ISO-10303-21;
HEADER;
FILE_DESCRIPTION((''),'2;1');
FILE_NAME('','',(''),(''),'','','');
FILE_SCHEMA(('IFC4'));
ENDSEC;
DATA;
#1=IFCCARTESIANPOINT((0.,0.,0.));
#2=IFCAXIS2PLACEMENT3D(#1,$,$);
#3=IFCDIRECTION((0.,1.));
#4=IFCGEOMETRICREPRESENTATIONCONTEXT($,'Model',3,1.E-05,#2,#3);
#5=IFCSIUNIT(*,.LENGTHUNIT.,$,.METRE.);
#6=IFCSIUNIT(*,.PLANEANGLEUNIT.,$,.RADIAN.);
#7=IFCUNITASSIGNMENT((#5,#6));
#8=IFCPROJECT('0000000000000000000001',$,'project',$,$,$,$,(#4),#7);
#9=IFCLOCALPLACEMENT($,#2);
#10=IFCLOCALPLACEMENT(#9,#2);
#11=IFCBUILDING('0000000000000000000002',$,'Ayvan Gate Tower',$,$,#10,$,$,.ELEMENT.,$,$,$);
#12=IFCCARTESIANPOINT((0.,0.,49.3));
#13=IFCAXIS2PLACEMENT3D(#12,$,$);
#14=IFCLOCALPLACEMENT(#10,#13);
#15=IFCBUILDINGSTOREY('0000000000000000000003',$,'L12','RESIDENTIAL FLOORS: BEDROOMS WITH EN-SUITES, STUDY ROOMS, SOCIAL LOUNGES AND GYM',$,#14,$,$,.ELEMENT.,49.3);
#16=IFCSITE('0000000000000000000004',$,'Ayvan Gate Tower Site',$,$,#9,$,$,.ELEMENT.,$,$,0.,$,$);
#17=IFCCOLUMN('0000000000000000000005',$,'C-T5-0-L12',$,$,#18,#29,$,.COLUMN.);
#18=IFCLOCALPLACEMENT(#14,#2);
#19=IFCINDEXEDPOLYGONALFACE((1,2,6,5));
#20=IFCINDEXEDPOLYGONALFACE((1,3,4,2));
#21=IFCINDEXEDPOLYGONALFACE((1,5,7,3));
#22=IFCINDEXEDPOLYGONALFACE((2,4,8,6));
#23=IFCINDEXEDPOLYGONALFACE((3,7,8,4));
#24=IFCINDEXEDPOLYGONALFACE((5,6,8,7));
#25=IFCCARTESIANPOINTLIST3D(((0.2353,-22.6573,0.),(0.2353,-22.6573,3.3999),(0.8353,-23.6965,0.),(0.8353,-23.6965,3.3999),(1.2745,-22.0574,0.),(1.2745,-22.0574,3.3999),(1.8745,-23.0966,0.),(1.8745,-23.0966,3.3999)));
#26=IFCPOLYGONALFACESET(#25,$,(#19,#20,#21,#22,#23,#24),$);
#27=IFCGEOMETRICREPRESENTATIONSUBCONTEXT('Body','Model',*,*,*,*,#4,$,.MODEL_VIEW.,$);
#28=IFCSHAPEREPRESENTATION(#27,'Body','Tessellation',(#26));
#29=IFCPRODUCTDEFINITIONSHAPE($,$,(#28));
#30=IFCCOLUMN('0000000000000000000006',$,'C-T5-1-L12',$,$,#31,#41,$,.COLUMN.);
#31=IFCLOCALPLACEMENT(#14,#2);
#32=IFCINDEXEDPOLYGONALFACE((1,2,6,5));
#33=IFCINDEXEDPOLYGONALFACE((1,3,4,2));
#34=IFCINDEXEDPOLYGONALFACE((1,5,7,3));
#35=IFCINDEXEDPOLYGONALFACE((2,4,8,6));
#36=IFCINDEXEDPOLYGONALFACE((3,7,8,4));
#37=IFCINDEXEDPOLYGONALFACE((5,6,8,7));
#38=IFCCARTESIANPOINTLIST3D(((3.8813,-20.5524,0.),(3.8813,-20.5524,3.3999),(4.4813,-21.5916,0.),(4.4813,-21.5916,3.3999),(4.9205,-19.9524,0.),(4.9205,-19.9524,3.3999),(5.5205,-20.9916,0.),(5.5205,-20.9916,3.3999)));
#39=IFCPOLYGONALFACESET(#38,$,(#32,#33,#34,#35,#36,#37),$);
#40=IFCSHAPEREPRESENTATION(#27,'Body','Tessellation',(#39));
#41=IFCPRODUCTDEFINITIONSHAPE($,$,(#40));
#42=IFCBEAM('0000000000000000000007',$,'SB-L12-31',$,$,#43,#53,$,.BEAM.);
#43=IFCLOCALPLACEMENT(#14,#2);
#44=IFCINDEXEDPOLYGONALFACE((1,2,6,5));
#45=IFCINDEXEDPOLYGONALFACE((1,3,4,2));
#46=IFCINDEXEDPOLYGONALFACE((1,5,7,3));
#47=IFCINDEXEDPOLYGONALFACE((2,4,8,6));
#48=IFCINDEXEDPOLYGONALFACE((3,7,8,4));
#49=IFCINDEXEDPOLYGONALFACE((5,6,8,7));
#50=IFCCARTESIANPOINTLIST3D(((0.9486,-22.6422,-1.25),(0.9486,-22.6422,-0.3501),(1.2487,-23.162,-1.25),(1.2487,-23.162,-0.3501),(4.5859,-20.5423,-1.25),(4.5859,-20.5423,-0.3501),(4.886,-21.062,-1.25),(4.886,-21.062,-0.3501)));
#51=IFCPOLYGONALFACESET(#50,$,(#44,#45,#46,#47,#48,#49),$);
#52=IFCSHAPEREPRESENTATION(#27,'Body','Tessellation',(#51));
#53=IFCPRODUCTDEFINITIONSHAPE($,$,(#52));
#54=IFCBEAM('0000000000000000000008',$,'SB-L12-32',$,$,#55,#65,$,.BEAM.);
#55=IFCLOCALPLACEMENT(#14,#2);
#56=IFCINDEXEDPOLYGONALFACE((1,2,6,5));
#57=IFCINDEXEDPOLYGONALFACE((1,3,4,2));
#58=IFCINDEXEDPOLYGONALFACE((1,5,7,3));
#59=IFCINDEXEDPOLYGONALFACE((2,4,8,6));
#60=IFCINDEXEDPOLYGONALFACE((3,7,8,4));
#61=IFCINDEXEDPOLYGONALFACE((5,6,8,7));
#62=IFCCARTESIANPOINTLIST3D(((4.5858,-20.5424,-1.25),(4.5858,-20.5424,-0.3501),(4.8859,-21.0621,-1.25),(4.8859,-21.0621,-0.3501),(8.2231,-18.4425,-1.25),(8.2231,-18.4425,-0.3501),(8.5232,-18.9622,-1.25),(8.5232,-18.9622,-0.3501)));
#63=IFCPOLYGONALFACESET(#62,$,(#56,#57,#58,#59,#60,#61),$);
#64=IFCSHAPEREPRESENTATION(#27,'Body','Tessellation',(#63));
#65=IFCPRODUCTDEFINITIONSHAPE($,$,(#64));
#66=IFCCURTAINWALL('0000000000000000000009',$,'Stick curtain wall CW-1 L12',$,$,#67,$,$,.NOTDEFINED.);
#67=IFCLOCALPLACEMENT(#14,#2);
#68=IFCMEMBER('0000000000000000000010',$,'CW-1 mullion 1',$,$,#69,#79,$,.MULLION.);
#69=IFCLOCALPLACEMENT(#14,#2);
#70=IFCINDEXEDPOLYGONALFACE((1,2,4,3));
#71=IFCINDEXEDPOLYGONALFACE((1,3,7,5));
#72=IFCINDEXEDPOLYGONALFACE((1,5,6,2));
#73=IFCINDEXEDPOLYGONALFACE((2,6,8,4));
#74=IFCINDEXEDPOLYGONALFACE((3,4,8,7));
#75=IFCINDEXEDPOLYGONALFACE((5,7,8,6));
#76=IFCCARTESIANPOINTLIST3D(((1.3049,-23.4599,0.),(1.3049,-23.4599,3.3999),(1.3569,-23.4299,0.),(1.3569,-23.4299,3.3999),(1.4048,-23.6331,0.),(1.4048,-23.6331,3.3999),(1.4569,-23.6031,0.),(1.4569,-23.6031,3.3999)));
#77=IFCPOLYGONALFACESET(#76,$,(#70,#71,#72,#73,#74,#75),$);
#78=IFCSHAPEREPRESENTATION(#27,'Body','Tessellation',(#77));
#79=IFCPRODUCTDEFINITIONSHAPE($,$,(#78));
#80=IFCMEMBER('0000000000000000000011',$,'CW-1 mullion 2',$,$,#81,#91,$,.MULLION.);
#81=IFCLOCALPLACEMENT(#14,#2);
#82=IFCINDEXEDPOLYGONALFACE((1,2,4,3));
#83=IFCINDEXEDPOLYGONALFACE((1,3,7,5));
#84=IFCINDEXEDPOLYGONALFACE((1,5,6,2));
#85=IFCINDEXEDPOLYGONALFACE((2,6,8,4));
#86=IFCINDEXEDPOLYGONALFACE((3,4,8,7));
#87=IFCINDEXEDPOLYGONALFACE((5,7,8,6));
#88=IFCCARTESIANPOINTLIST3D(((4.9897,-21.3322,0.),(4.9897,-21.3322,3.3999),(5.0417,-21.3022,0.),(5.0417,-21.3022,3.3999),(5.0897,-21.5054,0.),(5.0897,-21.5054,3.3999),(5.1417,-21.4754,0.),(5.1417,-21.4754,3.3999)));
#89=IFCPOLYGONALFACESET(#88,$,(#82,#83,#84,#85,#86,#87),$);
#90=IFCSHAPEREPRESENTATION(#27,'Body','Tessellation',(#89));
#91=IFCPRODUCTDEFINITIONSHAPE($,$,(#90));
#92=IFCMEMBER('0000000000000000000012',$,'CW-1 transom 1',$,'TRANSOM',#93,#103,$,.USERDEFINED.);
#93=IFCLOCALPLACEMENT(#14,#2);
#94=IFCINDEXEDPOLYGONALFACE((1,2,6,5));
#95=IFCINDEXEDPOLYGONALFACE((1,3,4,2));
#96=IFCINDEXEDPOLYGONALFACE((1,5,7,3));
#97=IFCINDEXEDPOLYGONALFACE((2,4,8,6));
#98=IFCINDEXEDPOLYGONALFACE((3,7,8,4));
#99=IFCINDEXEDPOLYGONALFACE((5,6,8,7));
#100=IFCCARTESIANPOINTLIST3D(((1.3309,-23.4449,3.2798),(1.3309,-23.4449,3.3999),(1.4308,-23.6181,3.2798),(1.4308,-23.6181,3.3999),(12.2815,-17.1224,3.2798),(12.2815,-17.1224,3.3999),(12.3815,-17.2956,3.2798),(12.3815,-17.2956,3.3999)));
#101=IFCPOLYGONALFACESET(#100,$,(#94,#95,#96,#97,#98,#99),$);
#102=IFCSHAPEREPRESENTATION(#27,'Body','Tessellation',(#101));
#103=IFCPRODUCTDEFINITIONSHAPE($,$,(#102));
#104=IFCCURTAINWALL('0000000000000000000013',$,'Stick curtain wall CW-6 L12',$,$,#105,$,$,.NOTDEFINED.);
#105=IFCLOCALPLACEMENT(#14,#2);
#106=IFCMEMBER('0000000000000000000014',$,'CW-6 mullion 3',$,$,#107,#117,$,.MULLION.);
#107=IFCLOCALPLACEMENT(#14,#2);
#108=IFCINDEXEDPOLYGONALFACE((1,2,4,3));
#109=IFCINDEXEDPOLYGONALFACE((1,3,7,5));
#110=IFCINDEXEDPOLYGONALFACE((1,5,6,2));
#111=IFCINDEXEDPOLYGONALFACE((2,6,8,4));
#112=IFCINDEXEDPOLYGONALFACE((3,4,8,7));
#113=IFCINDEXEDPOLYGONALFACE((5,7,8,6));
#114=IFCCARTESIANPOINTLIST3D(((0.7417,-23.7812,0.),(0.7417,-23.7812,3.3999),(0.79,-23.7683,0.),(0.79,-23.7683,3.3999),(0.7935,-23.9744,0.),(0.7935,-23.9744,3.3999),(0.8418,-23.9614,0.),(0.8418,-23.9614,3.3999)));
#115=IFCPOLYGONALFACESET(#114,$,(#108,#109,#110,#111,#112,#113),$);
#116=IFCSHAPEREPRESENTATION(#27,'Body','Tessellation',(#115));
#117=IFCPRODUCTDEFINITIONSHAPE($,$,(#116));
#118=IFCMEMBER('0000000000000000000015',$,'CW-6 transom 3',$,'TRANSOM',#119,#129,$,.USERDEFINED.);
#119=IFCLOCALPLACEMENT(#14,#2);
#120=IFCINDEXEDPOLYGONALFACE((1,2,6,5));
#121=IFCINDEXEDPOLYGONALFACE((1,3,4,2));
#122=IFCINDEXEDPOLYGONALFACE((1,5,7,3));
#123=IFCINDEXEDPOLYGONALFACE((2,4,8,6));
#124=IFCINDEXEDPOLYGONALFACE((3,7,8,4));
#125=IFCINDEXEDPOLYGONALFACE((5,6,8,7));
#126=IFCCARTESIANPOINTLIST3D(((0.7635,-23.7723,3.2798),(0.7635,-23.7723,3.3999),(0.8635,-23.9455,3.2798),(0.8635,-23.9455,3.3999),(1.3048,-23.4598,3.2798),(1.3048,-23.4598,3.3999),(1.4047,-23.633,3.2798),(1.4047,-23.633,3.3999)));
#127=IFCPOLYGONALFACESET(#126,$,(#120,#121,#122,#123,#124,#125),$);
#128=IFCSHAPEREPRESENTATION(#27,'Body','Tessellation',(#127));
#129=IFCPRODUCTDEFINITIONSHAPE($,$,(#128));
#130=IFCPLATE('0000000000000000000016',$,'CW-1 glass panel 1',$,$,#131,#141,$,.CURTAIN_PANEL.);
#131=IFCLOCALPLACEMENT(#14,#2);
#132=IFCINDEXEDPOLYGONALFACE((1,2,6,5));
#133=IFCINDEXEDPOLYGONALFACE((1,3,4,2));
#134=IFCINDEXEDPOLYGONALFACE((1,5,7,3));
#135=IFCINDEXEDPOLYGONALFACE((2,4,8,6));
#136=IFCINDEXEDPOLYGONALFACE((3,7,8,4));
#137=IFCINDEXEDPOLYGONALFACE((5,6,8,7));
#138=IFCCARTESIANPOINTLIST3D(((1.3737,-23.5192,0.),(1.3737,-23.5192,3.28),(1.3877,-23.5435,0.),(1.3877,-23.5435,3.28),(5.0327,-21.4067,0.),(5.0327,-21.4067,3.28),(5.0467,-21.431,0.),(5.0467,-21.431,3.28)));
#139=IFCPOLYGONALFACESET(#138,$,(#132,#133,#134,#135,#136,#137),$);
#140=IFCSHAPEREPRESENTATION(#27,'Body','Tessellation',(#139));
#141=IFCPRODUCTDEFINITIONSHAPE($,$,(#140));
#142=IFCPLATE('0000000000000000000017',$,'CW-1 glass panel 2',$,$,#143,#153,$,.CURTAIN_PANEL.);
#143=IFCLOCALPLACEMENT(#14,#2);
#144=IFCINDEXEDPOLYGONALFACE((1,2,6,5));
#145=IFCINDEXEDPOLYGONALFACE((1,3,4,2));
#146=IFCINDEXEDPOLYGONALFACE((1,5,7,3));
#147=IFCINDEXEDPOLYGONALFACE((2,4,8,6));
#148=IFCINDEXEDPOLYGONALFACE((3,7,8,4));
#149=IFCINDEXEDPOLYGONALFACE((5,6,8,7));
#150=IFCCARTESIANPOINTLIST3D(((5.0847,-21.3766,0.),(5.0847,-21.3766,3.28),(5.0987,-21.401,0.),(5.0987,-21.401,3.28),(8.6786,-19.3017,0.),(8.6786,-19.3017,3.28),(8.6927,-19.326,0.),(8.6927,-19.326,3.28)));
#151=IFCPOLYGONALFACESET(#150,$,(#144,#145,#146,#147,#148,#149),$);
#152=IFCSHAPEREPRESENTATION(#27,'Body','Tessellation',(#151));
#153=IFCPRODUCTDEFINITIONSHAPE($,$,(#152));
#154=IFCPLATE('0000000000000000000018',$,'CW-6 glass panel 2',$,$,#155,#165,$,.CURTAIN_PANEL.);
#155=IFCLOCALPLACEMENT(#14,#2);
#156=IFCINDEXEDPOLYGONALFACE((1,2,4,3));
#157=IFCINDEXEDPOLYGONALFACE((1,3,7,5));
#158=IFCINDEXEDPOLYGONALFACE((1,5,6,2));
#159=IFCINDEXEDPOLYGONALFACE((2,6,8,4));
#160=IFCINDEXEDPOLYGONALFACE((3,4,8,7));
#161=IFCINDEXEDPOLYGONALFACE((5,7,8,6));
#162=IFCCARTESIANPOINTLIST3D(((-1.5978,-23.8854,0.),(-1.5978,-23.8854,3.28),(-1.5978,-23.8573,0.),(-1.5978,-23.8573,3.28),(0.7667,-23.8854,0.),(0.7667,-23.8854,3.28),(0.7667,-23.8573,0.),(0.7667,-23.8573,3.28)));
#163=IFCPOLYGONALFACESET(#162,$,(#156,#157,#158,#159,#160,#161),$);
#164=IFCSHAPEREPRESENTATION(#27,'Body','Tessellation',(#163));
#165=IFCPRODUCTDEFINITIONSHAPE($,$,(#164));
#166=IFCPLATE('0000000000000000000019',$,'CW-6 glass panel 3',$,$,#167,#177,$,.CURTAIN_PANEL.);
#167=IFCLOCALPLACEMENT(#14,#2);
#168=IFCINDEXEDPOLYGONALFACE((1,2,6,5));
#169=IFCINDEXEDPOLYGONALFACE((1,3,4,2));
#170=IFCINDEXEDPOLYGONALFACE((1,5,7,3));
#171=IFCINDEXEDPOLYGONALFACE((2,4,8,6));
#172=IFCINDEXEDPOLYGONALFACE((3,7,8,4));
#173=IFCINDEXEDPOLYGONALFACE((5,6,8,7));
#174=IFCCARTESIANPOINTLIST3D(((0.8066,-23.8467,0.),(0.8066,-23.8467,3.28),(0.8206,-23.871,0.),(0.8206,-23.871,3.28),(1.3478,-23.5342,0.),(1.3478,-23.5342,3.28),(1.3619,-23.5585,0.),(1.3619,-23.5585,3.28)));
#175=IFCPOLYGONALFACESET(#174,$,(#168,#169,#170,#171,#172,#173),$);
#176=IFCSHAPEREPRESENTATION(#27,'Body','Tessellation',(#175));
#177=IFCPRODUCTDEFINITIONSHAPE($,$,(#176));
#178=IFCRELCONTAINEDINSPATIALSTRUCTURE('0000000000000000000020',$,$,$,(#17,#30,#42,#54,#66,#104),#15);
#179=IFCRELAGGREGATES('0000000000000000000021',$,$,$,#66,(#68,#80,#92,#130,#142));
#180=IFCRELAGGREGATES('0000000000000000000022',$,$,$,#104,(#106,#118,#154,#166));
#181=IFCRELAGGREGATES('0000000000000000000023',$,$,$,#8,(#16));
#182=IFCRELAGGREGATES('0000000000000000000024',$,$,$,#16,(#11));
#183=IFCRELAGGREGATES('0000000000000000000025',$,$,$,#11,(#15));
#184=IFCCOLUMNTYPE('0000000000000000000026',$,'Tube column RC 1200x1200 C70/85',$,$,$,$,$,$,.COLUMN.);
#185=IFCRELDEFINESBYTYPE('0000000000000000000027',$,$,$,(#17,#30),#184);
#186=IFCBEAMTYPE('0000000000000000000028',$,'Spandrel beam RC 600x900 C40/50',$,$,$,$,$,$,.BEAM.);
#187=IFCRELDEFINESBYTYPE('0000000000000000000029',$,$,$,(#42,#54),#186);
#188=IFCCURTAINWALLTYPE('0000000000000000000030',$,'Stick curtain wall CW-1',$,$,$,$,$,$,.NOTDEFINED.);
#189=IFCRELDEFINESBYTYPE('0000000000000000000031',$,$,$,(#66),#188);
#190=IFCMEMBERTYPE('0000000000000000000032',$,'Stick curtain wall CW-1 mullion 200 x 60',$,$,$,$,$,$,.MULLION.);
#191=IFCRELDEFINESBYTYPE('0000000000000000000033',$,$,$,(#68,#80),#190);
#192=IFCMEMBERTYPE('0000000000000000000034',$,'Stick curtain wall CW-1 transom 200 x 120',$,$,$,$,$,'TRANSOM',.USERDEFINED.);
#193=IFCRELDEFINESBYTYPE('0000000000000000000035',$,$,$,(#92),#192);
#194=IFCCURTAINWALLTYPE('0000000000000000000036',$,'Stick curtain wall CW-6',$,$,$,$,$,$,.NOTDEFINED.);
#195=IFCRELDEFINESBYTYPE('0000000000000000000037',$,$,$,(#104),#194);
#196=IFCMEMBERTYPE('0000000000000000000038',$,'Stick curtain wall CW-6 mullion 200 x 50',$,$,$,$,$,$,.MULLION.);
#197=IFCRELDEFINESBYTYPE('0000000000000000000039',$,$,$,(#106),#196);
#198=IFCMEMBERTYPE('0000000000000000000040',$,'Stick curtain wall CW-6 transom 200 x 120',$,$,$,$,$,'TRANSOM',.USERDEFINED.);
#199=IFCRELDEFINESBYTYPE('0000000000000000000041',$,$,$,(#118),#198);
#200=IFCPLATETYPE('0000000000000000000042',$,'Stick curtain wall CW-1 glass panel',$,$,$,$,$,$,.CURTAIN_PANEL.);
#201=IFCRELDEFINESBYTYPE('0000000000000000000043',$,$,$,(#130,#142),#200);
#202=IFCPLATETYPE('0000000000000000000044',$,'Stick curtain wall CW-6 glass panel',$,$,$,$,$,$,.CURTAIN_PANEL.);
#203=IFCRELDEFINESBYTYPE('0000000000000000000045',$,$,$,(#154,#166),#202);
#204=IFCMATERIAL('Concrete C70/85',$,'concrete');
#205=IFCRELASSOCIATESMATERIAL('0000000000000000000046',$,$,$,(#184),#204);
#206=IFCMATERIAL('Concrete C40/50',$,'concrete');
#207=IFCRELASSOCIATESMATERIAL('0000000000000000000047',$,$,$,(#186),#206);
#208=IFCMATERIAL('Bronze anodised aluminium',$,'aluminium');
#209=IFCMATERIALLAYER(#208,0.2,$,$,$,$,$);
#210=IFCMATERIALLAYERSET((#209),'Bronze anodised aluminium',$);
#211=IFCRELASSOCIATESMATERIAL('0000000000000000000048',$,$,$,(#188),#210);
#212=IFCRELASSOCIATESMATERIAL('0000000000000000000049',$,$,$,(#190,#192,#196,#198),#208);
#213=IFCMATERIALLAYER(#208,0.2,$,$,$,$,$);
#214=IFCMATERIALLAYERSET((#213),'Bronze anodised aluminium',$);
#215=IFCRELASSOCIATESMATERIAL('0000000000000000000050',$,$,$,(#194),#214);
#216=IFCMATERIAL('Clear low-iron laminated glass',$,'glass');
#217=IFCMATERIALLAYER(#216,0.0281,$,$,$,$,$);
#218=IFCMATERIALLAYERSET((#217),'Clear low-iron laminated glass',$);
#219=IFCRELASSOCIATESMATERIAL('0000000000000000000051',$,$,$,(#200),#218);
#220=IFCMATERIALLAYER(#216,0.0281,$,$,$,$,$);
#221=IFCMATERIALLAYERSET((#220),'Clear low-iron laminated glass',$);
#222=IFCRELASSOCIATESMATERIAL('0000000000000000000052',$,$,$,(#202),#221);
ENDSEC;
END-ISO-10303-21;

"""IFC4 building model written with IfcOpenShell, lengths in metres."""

from ifc_helpers import new_model, si_unit, direction, frame, origin, origin_2d, place, context, subcontext, project, spatial, rectangle, extrude, material, layer, layer_set, material_profile, profile_set, type_object, element, aggregate, save


model = new_model("IFC4")

# Units and contexts
model_context = context("Model", 3, precision=1e-05, world=origin(), true_north=direction((0.0, 1.0)))
body_context = subcontext(model_context, "Body", "Model", "MODEL_VIEW")
ifc_project = project(units=[si_unit("LENGTHUNIT", "METRE"), si_unit("PLANEANGLEUNIT", "RADIAN")], contexts=[model_context])

# Site, building, storey
site_placement = place(None, origin())
site = spatial("IfcSite", under=ifc_project, at=site_placement, Name="Ayvan Gate Tower Site", CompositionType="ELEMENT", RefElevation=0.0)
building_placement = place(site_placement, origin())
building = spatial("IfcBuilding", under=site, at=building_placement, Name="Ayvan Gate Tower", CompositionType="ELEMENT")
storey_placement = place(building_placement, frame((0.0, 0.0, 49.3)))
storey = spatial("IfcBuildingStorey", under=building, at=storey_placement, Name="L12", Description="RESIDENTIAL FLOORS: BEDROOMS WITH EN-SUITES, STUDY ROOMS, SOCIAL LOUNGES AND GYM", CompositionType="ELEMENT", Elevation=49.3)

# Columns
ifc_material_1 = material(Name="Concrete C70/85", Category="concrete")
ifc_material_profile_1 = material_profile(ifc_material_1, rectangle(XDim=1.2, YDim=1.2, at=origin_2d()), Name="RC 1200x1200")
ifc_profile_set_1 = profile_set([ifc_material_profile_1], Name="Concrete C70/85")
column_type = type_object("IfcColumnType", Name="Tube column RC 1200x1200 C70/85", PredefinedType="COLUMN", material=ifc_profile_set_1)
for number, where, z_axis, x_axis, name in (
    (1, (1.0549, -22.877, 0.0), (0.0, 0.0, 1.0), (0.5, -0.866025, 0.0), "C-T5-0-L12"),
    (2, (4.7009, -20.772, 0.0), (0.0, 0.0, 1.0), (0.5, -0.866025, 0.0), "C-T5-1-L12"),
):
    element("IfcColumn", number, at=place(storey_placement, frame(where, z_axis=z_axis, x_axis=x_axis)), inside=storey, type_object=column_type, Name=name, PredefinedType="COLUMN", context=body_context, shape_type="SweptSolid", body=[
        extrude(rectangle(XDim=1.2, YDim=1.2, at=origin_2d()), origin(), (0.0, 0.0, 1.0), 3.3999),
    ])

# Beams
ifc_material_2 = material(Name="Concrete C40/50", Category="concrete")
ifc_material_profile_2 = material_profile(ifc_material_2, rectangle(XDim=0.6001, YDim=0.8999, at=origin_2d()), Name="RC 600x900")
ifc_profile_set_2 = profile_set([ifc_material_profile_2], Name="Concrete C40/50")
beam_type = type_object("IfcBeamType", Name="Spandrel beam RC 600x900 C40/50", PredefinedType="BEAM", material=ifc_profile_set_2)
for number, where, z_axis, x_axis, name in (
    (3, (1.0986, -22.9021, -0.8), (0.866035, 0.499984, 0.0), (-0.499984, 0.866035, 0.0), "SB-L12-31"),
    (4, (4.7358, -20.8022, -0.8), (0.866035, 0.499984, 0.0), (-0.499984, 0.866035, 0.0), "SB-L12-32"),
):
    element("IfcBeam", number, at=place(storey_placement, frame(where, z_axis=z_axis, x_axis=x_axis)), inside=storey, type_object=beam_type, Name=name, PredefinedType="BEAM", context=body_context, shape_type="SweptSolid", body=[
        extrude(rectangle(XDim=0.6001, YDim=0.8999, at=origin_2d()), origin(), (0.0, 0.0, 1.0), 4.2),
    ])

# Curtain walls, members
ifc_material_3 = material(Name="Bronze anodised aluminium", Category="aluminium")
ifc_layer_1 = layer(ifc_material_3, 0.2)
ifc_layer_set_1 = layer_set([ifc_layer_1], Name="Bronze anodised aluminium")
curtain_wall_type_1 = type_object("IfcCurtainWallType", Name="Stick curtain wall CW-1", PredefinedType="NOTDEFINED", material=ifc_layer_set_1)
curtain_wall_1_placement = place(storey_placement, origin())
curtain_wall_1 = element("IfcCurtainWall", 5, at=curtain_wall_1_placement, inside=storey, type_object=curtain_wall_type_1, Name="Stick curtain wall CW-1 L12", PredefinedType="NOTDEFINED")
ifc_material_profile_3 = material_profile(ifc_material_3, rectangle(XDim=0.2, YDim=0.0601, at=origin_2d()), Name="Stick curtain wall CW-1 mullion 200 x 60")
ifc_profile_set_3 = profile_set([ifc_material_profile_3], Name="Bronze anodised aluminium")
member_type_1 = type_object("IfcMemberType", Name="Stick curtain wall CW-1 mullion 200 x 60", PredefinedType="MULLION", material=ifc_profile_set_3)
member_1_placement = place(storey_placement, frame((1.3809, -23.5315, 0.0), z_axis=(0.0, 0.0, 1.0), x_axis=(0.5, -0.866025, 0.0)))
member_1 = element("IfcMember", 6, at=member_1_placement, type_object=member_type_1, Name="CW-1 mullion 1", PredefinedType="MULLION", context=body_context, shape_type="SweptSolid", body=[
    extrude(rectangle(XDim=0.2, YDim=0.0601, at=origin_2d()), origin(), (0.0, 0.0, 1.0), 3.3999),
])
member_2_placement = place(storey_placement, frame((5.0657, -21.4038, 0.0), z_axis=(0.0, 0.0, 1.0), x_axis=(0.5, -0.866025, 0.0)))
member_2 = element("IfcMember", 7, at=member_2_placement, type_object=member_type_1, Name="CW-1 mullion 2", PredefinedType="MULLION", context=body_context, shape_type="SweptSolid", body=[
    extrude(rectangle(XDim=0.2, YDim=0.0601, at=origin_2d()), origin(), (0.0, 0.0, 1.0), 3.3999),
])
ifc_material_profile_4 = material_profile(ifc_material_3, rectangle(XDim=0.2, YDim=0.1201, at=origin_2d()), Name="Stick curtain wall CW-1 transom 200 x 120")
ifc_profile_set_4 = profile_set([ifc_material_profile_4], Name="Bronze anodised aluminium")
member_type_2 = type_object("IfcMemberType", Name="Stick curtain wall CW-1 transom 200 x 120", ElementType="TRANSOM", PredefinedType="USERDEFINED", material=ifc_profile_set_4)
member_3_placement = place(storey_placement, frame((1.3809, -23.5315, 3.3398), z_axis=(0.866021, 0.500008, 0.0), x_axis=(-0.500008, 0.866021, 0.0)))
member_3 = element("IfcMember", 8, at=member_3_placement, type_object=member_type_2, Name="CW-1 transom 1", ObjectType="TRANSOM", PredefinedType="USERDEFINED", context=body_context, shape_type="SweptSolid", body=[
    extrude(rectangle(XDim=0.2, YDim=0.1201, at=origin_2d()), origin(), (0.0, 0.0, 1.0), 12.6448),
])
ifc_layer_2 = layer(ifc_material_3, 0.2)
ifc_layer_set_2 = layer_set([ifc_layer_2], Name="Bronze anodised aluminium")
curtain_wall_type_2 = type_object("IfcCurtainWallType", Name="Stick curtain wall CW-6", PredefinedType="NOTDEFINED", material=ifc_layer_set_2)
curtain_wall_2_placement = place(storey_placement, origin())
curtain_wall_2 = element("IfcCurtainWall", 9, at=curtain_wall_2_placement, inside=storey, type_object=curtain_wall_type_2, Name="Stick curtain wall CW-6 L12", PredefinedType="NOTDEFINED")
ifc_material_profile_5 = material_profile(ifc_material_3, rectangle(XDim=0.2, YDim=0.05, at=origin_2d()), Name="Stick curtain wall CW-6 mullion 200 x 50")
ifc_profile_set_5 = profile_set([ifc_material_profile_5], Name="Bronze anodised aluminium")
member_type_3 = type_object("IfcMemberType", Name="Stick curtain wall CW-6 mullion 200 x 50", PredefinedType="MULLION", material=ifc_profile_set_5)
member_4_placement = place(storey_placement, frame((0.7917, -23.8713, 0.0), z_axis=(0.0, 0.0, 1.0), x_axis=(0.258819, -0.965926, 0.0)))
member_4 = element("IfcMember", 10, at=member_4_placement, type_object=member_type_3, Name="CW-6 mullion 3", PredefinedType="MULLION", context=body_context, shape_type="SweptSolid", body=[
    extrude(rectangle(XDim=0.2, YDim=0.05, at=origin_2d()), origin(), (0.0, 0.0, 1.0), 3.3999),
])
ifc_material_profile_6 = material_profile(ifc_material_3, rectangle(XDim=0.2, YDim=0.1201, at=origin_2d()), Name="Stick curtain wall CW-6 transom 200 x 120")
ifc_profile_set_6 = profile_set([ifc_material_profile_6], Name="Bronze anodised aluminium")
member_type_4 = type_object("IfcMemberType", Name="Stick curtain wall CW-6 transom 200 x 120", ElementType="TRANSOM", PredefinedType="USERDEFINED", material=ifc_profile_set_6)
member_5_placement = place(storey_placement, frame((0.8135, -23.8589, 3.3398), z_axis=(0.866023, 0.500004, 0.0), x_axis=(-0.500004, 0.866023, 0.0)))
member_5 = element("IfcMember", 11, at=member_5_placement, type_object=member_type_4, Name="CW-6 transom 3", ObjectType="TRANSOM", PredefinedType="USERDEFINED", context=body_context, shape_type="SweptSolid", body=[
    extrude(rectangle(XDim=0.2, YDim=0.1201, at=origin_2d()), origin(), (0.0, 0.0, 1.0), 0.625),
])

# Plates
ifc_material_4 = material(Name="Clear low-iron laminated glass", Category="glass")
ifc_layer_3 = layer(ifc_material_4, 0.0281)
ifc_layer_set_3 = layer_set([ifc_layer_3], Name="Clear low-iron laminated glass")
plate_type_1 = type_object("IfcPlateType", Name="Stick curtain wall CW-1 glass panel", PredefinedType="CURTAIN_PANEL", material=ifc_layer_set_3)
plate_1_placement = place(storey_placement, frame((3.2102, -22.4751, 0.0), z_axis=(0.0, 0.0, 1.0), x_axis=(0.866025, 0.5, 0.0)))
plate_1 = element("IfcPlate", 12, at=plate_1_placement, type_object=plate_type_1, Name="CW-1 glass panel 1", PredefinedType="CURTAIN_PANEL", context=body_context, shape_type="SweptSolid", body=[
    extrude(rectangle(XDim=4.2251, YDim=0.0281, at=origin_2d()), origin(), (0.0, 0.0, 1.0), 3.28),
])
plate_2_placement = place(storey_placement, frame((6.8887, -20.3513, 0.0), z_axis=(0.0, 0.0, 1.0), x_axis=(0.866025, 0.5, 0.0)))
plate_2 = element("IfcPlate", 13, at=plate_2_placement, type_object=plate_type_1, Name="CW-1 glass panel 2", PredefinedType="CURTAIN_PANEL", context=body_context, shape_type="SweptSolid", body=[
    extrude(rectangle(XDim=4.1499, YDim=0.0281, at=origin_2d()), origin(), (0.0, 0.0, 1.0), 3.28),
])
aggregate(curtain_wall_1, [member_1, member_2, member_3, plate_1, plate_2])
ifc_layer_4 = layer(ifc_material_4, 0.0281)
ifc_layer_set_4 = layer_set([ifc_layer_4], Name="Clear low-iron laminated glass")
plate_type_2 = type_object("IfcPlateType", Name="Stick curtain wall CW-6 glass panel", PredefinedType="CURTAIN_PANEL", material=ifc_layer_set_4)
plate_3_placement = place(storey_placement, frame((-0.4155, -23.8713, 0.0), z_axis=(0.0, 0.0, 1.0), x_axis=(1.0, 0.0, 0.0)))
plate_3 = element("IfcPlate", 14, at=plate_3_placement, type_object=plate_type_2, Name="CW-6 glass panel 2", PredefinedType="CURTAIN_PANEL", context=body_context, shape_type="SweptSolid", body=[
    extrude(rectangle(XDim=2.3645, YDim=0.0281, at=origin_2d()), origin(), (0.0, 0.0, 1.0), 3.28),
])
plate_4_placement = place(storey_placement, frame((1.0842, -23.7026, 0.0), z_axis=(0.0, 0.0, 1.0), x_axis=(0.866025, 0.5, 0.0)))
plate_4 = element("IfcPlate", 15, at=plate_4_placement, type_object=plate_type_2, Name="CW-6 glass panel 3", PredefinedType="CURTAIN_PANEL", context=body_context, shape_type="SweptSolid", body=[
    extrude(rectangle(XDim=0.625, YDim=0.0281, at=origin_2d()), origin(), (0.0, 0.0, 1.0), 3.28),
])
aggregate(curtain_wall_2, [member_4, member_5, plate_3, plate_4])

save(model, "model.ifc")
